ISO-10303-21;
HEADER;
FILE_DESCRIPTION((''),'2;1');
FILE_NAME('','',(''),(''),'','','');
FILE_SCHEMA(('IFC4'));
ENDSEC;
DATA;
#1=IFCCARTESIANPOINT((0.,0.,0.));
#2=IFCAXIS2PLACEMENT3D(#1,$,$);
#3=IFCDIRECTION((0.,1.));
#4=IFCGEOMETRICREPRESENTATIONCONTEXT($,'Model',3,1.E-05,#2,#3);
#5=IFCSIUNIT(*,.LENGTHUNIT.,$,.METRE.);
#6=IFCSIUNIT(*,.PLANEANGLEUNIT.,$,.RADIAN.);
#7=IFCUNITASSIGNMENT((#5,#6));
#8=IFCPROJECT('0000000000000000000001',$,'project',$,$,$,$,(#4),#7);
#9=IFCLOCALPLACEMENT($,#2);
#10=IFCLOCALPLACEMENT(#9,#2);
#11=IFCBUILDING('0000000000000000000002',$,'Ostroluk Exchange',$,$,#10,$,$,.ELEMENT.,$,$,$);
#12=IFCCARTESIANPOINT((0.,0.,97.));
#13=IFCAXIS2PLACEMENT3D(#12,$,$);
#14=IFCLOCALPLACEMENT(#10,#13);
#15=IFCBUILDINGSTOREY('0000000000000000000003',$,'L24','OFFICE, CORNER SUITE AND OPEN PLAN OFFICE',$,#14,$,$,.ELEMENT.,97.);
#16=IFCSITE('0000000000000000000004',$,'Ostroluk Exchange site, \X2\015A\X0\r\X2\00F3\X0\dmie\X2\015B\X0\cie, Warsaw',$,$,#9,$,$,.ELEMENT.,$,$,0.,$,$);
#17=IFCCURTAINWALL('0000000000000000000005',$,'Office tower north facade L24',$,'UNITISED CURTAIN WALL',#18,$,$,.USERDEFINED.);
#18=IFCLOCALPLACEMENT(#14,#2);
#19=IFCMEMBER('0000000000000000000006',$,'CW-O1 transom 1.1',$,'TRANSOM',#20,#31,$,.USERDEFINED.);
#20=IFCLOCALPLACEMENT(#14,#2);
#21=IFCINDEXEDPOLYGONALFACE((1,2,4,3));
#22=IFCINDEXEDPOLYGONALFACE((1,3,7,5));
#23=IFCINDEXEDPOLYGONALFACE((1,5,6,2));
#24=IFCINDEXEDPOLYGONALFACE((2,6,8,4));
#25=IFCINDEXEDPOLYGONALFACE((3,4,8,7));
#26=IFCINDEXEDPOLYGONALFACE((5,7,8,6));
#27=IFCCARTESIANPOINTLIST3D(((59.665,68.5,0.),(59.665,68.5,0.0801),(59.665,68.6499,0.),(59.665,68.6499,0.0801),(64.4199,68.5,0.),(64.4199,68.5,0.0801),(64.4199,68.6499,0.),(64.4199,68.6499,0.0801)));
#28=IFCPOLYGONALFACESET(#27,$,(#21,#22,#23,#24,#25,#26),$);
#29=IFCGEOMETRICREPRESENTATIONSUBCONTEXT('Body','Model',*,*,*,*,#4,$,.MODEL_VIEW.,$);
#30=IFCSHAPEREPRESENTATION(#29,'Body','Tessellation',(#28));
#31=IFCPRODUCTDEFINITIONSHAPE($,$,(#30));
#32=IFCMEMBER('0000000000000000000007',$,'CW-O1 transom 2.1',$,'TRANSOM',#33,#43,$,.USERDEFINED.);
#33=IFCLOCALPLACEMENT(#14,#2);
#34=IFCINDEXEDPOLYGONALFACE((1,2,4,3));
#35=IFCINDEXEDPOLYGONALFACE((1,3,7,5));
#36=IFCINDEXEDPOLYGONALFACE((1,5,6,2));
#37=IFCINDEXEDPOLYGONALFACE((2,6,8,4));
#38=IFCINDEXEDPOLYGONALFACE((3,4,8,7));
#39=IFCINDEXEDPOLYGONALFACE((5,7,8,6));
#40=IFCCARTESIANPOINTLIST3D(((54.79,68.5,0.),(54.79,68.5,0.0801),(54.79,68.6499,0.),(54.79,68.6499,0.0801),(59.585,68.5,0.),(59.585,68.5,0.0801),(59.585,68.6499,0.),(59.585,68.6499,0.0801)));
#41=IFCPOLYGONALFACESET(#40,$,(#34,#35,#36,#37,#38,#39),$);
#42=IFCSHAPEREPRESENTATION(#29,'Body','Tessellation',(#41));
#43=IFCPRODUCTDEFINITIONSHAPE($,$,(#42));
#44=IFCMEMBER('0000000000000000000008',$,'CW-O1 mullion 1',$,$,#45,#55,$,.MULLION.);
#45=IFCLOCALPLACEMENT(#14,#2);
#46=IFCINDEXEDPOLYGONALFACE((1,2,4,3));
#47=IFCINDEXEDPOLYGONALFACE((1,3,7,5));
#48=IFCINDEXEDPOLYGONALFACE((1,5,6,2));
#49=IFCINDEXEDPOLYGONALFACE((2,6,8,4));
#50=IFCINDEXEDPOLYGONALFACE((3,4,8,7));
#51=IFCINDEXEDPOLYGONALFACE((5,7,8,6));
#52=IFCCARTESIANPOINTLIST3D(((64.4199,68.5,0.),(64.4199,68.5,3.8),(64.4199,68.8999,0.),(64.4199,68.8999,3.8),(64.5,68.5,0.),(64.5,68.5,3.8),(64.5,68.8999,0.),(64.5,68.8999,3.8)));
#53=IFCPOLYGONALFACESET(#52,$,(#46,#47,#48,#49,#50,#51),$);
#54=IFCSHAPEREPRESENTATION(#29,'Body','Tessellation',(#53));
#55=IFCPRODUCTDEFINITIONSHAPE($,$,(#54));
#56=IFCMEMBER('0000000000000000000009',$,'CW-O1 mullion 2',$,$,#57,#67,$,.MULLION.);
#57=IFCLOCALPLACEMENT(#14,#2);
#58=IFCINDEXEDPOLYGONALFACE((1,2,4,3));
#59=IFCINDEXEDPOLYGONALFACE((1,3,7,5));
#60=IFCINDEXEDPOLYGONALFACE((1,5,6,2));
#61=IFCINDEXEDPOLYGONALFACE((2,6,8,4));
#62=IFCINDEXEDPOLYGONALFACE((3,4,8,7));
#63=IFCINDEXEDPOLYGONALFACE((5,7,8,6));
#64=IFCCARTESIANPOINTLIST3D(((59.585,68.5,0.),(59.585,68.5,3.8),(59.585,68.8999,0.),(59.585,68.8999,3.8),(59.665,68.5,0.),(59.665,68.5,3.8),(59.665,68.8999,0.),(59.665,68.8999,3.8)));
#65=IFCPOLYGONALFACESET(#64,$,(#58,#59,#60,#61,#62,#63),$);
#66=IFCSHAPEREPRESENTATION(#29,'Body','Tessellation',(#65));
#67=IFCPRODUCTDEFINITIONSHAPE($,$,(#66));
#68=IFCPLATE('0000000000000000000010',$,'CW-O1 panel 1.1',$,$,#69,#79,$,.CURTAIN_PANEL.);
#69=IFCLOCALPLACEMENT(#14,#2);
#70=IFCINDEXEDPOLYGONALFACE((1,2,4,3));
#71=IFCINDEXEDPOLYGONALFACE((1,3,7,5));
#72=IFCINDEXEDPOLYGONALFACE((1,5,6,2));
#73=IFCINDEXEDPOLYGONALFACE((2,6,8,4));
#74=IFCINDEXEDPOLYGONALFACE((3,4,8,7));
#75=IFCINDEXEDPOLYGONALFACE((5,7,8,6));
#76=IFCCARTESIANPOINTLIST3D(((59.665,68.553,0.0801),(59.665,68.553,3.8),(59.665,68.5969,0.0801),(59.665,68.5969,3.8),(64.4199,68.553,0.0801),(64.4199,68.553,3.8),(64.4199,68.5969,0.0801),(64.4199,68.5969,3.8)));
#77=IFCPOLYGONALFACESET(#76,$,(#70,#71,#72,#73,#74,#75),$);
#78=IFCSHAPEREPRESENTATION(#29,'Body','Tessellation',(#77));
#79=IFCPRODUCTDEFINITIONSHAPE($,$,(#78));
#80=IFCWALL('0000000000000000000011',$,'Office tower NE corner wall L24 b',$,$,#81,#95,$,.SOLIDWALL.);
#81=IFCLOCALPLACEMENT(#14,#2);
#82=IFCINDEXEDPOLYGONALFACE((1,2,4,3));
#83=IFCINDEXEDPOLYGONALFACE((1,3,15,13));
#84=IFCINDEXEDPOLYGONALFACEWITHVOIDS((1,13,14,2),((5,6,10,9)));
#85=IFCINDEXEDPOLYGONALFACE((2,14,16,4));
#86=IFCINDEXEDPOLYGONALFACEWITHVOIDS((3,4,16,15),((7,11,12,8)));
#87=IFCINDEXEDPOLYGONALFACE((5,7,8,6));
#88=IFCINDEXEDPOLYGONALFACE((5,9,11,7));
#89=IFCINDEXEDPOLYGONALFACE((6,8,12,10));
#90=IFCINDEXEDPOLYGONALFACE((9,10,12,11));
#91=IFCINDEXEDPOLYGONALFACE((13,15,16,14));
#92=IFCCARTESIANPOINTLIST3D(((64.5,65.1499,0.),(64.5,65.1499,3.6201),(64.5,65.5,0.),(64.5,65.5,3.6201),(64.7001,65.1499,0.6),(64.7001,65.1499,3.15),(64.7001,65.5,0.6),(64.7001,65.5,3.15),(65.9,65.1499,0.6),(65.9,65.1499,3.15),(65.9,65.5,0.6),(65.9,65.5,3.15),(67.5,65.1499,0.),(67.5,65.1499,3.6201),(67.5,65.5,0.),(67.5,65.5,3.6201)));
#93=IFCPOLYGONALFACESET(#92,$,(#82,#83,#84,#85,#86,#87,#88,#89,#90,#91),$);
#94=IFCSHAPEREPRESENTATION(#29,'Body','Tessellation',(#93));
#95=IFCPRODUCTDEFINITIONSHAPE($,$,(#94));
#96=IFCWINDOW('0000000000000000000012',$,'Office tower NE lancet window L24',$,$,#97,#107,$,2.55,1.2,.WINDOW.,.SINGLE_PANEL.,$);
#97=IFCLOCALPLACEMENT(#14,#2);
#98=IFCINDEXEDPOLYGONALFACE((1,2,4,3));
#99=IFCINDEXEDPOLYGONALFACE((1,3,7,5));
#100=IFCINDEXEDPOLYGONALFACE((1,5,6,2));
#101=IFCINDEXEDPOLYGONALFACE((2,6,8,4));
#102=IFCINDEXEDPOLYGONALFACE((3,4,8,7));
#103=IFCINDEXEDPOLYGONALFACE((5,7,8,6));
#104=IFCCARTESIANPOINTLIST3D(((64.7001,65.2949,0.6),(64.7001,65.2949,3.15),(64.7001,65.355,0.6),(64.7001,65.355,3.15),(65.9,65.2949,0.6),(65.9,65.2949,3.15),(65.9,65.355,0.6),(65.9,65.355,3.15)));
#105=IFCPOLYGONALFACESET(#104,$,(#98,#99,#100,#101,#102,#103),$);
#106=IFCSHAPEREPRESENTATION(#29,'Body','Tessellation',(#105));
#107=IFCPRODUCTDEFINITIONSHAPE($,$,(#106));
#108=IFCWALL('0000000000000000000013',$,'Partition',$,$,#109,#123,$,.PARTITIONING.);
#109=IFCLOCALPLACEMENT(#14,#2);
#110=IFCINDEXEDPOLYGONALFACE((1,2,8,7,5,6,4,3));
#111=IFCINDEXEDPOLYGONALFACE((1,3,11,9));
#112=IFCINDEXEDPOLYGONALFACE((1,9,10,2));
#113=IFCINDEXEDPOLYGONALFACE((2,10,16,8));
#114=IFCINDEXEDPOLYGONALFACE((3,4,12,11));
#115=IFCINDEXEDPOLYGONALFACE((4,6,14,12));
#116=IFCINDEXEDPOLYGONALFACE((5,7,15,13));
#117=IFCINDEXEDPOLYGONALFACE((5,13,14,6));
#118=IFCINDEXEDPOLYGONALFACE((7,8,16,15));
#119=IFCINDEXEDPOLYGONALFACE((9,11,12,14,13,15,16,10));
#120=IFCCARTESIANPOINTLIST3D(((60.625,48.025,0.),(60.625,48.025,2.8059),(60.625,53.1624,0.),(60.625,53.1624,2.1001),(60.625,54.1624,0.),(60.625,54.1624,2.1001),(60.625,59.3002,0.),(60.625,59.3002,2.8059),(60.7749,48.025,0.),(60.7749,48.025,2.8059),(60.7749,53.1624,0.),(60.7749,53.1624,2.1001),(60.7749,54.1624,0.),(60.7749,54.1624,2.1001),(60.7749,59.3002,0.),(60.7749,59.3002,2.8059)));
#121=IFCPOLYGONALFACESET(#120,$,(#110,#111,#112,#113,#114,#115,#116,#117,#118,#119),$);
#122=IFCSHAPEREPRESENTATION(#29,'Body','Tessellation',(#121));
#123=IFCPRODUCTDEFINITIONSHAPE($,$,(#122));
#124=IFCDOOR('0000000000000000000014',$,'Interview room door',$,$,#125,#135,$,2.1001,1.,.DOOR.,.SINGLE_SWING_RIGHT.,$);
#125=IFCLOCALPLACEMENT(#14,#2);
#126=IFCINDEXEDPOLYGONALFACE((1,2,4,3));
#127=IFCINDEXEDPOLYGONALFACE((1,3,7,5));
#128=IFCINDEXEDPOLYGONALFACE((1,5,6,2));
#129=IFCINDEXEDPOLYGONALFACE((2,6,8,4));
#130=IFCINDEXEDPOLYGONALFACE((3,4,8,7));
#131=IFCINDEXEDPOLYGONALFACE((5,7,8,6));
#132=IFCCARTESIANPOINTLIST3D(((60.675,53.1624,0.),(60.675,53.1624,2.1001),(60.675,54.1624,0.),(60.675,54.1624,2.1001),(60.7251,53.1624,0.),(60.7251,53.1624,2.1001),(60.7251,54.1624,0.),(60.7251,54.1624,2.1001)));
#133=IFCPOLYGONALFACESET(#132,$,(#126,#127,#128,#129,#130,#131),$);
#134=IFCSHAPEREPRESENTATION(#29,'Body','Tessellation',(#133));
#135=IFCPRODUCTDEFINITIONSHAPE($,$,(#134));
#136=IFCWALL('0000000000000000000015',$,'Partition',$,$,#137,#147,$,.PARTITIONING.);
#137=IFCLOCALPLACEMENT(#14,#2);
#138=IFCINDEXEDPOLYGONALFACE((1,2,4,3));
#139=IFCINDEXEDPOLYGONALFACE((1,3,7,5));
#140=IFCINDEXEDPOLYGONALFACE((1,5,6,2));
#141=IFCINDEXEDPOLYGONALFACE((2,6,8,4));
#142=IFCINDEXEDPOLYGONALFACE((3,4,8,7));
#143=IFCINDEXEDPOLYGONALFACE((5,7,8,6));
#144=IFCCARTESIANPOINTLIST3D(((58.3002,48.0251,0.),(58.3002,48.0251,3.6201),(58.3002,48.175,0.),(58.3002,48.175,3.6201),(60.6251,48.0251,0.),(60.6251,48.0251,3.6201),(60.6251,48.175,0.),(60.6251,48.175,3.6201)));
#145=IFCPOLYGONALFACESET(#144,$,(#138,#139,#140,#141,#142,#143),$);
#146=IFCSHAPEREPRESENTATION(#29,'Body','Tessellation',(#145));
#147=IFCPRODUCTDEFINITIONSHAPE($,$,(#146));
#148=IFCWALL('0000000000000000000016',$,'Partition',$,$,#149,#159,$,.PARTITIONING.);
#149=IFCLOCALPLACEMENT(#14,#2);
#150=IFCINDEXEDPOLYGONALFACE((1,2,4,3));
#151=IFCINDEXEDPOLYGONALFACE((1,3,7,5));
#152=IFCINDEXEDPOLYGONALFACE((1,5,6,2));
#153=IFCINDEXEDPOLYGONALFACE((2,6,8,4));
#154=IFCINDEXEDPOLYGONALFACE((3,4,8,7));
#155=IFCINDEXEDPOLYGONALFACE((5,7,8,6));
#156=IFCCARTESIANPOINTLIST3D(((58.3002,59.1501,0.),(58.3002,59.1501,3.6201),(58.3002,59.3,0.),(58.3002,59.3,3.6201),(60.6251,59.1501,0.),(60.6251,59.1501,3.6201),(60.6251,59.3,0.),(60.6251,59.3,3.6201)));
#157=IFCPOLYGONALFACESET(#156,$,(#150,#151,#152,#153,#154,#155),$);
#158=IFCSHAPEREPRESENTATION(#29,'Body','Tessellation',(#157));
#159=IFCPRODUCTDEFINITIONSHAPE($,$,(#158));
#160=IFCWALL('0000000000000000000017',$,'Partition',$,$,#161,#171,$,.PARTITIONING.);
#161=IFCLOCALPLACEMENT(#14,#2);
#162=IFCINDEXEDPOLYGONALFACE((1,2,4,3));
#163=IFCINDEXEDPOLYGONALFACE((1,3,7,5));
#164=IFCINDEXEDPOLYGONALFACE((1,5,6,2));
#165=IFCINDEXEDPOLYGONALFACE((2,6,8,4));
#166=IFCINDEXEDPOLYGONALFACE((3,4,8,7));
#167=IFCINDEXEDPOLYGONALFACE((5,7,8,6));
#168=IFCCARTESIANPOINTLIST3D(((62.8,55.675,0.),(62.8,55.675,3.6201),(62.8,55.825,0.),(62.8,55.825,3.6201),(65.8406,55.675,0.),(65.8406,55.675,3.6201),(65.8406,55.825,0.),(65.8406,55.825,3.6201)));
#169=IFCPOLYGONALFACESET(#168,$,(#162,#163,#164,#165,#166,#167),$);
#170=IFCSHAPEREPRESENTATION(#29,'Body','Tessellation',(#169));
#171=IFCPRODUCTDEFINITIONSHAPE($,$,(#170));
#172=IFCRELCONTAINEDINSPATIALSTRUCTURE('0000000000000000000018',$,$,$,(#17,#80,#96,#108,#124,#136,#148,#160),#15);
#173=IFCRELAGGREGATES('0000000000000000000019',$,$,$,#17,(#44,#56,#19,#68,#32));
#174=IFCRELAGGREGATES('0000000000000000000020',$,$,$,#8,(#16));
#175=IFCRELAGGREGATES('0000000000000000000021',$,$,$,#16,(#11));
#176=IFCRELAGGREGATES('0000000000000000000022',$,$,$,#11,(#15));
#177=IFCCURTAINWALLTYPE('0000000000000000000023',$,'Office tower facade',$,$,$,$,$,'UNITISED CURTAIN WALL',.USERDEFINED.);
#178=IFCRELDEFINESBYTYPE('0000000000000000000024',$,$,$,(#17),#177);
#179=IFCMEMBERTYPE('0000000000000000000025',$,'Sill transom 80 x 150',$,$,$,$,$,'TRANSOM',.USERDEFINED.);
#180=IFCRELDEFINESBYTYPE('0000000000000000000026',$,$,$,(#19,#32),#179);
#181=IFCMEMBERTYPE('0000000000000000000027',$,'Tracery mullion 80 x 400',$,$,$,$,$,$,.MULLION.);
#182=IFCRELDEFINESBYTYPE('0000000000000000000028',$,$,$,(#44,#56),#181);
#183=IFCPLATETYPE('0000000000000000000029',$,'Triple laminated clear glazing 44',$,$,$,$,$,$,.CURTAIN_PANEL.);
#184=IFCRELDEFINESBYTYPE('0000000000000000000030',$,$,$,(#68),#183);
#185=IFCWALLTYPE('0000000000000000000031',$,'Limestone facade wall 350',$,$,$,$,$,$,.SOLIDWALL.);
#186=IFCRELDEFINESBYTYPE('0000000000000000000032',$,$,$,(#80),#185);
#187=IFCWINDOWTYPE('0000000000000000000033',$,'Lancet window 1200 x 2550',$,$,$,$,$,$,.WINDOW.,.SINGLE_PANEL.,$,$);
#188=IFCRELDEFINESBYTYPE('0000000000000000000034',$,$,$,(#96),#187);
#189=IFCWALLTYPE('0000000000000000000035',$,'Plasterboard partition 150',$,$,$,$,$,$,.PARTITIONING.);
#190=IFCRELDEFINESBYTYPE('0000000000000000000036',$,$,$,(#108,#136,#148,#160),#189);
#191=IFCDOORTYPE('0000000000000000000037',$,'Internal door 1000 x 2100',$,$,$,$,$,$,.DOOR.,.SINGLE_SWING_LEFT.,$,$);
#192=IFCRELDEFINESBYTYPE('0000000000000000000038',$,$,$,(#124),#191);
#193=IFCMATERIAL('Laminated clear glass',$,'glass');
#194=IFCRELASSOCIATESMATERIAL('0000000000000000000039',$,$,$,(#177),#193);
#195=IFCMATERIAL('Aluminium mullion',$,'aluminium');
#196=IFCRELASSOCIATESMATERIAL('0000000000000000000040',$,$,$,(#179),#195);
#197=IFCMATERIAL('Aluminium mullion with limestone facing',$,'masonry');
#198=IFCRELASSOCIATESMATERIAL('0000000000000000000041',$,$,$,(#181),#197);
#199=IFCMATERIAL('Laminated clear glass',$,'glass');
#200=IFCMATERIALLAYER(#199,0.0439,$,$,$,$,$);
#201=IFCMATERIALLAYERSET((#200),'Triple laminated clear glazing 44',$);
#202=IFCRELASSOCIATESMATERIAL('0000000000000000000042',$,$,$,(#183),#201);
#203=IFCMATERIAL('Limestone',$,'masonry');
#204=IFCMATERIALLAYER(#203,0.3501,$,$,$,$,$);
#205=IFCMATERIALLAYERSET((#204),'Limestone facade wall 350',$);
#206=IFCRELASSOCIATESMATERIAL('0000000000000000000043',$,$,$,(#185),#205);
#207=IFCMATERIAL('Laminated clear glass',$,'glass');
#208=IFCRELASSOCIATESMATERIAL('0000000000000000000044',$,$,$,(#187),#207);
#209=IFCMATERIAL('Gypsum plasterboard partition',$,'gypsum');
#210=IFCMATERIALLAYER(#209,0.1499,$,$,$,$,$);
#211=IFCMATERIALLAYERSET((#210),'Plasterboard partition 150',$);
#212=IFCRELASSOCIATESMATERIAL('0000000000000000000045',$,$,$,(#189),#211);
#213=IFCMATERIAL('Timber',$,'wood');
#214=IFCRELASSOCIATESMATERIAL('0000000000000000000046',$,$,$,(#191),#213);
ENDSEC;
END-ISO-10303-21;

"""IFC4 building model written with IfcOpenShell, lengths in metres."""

from ifc_helpers import new_model, si_unit, direction, frame, frame_2d, origin, origin_2d, place, context, subcontext, project, spatial, rectangle, extrude, material, layer, layer_set, material_profile, profile_set, type_object, element, fill, aggregate, save


model = new_model("IFC4")

# Units and contexts
model_context = context("Model", 3, precision=1e-05, world=origin(), true_north=direction((0.0, 1.0)))
body_context = subcontext(model_context, "Body", "Model", "MODEL_VIEW")
ifc_project = project(units=[si_unit("LENGTHUNIT", "METRE"), si_unit("PLANEANGLEUNIT", "RADIAN")], contexts=[model_context])

# Site, building, storey
site_placement = place(None, origin())
site = spatial("IfcSite", under=ifc_project, at=site_placement, Name="Ostroluk Exchange site, Śródmieście, Warsaw", CompositionType="ELEMENT", RefElevation=0.0)
building_placement = place(site_placement, origin())
building = spatial("IfcBuilding", under=site, at=building_placement, Name="Ostroluk Exchange", CompositionType="ELEMENT")
storey_placement = place(building_placement, frame((0.0, 0.0, 97.0)))
storey = spatial("IfcBuildingStorey", under=building, at=storey_placement, Name="L24", Description="OFFICE, CORNER SUITE AND OPEN PLAN OFFICE", CompositionType="ELEMENT", Elevation=97.0)

# Curtain wall, members, plate
ifc_material_1 = material(Name="Laminated clear glass", Category="glass")
curtain_wall_type = type_object("IfcCurtainWallType", Name="Office tower facade", ElementType="UNITISED CURTAIN WALL", PredefinedType="USERDEFINED", material=ifc_material_1)
curtain_wall_placement = place(storey_placement, origin())
curtain_wall = element("IfcCurtainWall", 1, at=curtain_wall_placement, inside=storey, type_object=curtain_wall_type, Name="Office tower north facade L24", ObjectType="UNITISED CURTAIN WALL", PredefinedType="USERDEFINED")
ifc_material_2 = material(Name="Aluminium mullion", Category="aluminium")
ifc_material_profile_1 = material_profile(ifc_material_2, rectangle(XDim=0.1499, YDim=0.0801, at=origin_2d()), Name="Sill transom 80 x 150")
ifc_profile_set_1 = profile_set([ifc_material_profile_1], Name="Aluminium mullion")
member_type_1 = type_object("IfcMemberType", Name="Sill transom 80 x 150", ElementType="TRANSOM", PredefinedType="USERDEFINED", material=ifc_profile_set_1)
member_1_placement = place(storey_placement, frame((64.4199, 68.575, 0.04), z_axis=(-1.0, 0.0, 0.0), x_axis=(0.0, -1.0, 0.0)))
member_1 = element("IfcMember", 2, at=member_1_placement, type_object=member_type_1, Name="CW-O1 transom 1.1", ObjectType="TRANSOM", PredefinedType="USERDEFINED", context=body_context, shape_type="SweptSolid", body=[
    extrude(rectangle(XDim=0.1499, YDim=0.0801, at=origin_2d()), origin(), (0.0, 0.0, 1.0), 4.7549),
])
member_2_placement = place(storey_placement, frame((59.585, 68.575, 0.04), z_axis=(-1.0, 0.0, 0.0), x_axis=(0.0, -1.0, 0.0)))
member_2 = element("IfcMember", 3, at=member_2_placement, type_object=member_type_1, Name="CW-O1 transom 2.1", ObjectType="TRANSOM", PredefinedType="USERDEFINED", context=body_context, shape_type="SweptSolid", body=[
    extrude(rectangle(XDim=0.1499, YDim=0.0801, at=origin_2d()), origin(), (0.0, 0.0, 1.0), 4.7949),
])
ifc_material_3 = material(Name="Aluminium mullion with limestone facing", Category="masonry")
ifc_material_profile_2 = material_profile(ifc_material_3, rectangle(XDim=0.3999, YDim=0.0801, at=origin_2d()), Name="Tracery mullion 80 x 400")
ifc_profile_set_2 = profile_set([ifc_material_profile_2], Name="Aluminium mullion with limestone facing")
member_type_2 = type_object("IfcMemberType", Name="Tracery mullion 80 x 400", PredefinedType="MULLION", material=ifc_profile_set_2)
member_3_placement = place(storey_placement, frame((64.46, 68.7, 0.0), z_axis=(0.0, 0.0, 1.0), x_axis=(0.0, -1.0, 0.0)))
member_3 = element("IfcMember", 4, at=member_3_placement, type_object=member_type_2, Name="CW-O1 mullion 1", PredefinedType="MULLION", context=body_context, shape_type="SweptSolid", body=[
    extrude(rectangle(XDim=0.3999, YDim=0.0801, at=origin_2d()), origin(), (0.0, 0.0, 1.0), 3.8),
])
member_4_placement = place(storey_placement, frame((59.625, 68.7, 0.0), z_axis=(0.0, 0.0, 1.0), x_axis=(0.0, -1.0, 0.0)))
member_4 = element("IfcMember", 5, at=member_4_placement, type_object=member_type_2, Name="CW-O1 mullion 2", PredefinedType="MULLION", context=body_context, shape_type="SweptSolid", body=[
    extrude(rectangle(XDim=0.3999, YDim=0.0801, at=origin_2d()), origin(), (0.0, 0.0, 1.0), 3.8),
])
ifc_material_4 = material(Name="Laminated clear glass", Category="glass")
ifc_layer_1 = layer(ifc_material_4, 0.0439)
ifc_layer_set_1 = layer_set([ifc_layer_1], Name="Triple laminated clear glazing 44")
plate_type = type_object("IfcPlateType", Name="Triple laminated clear glazing 44", PredefinedType="CURTAIN_PANEL", material=ifc_layer_set_1)
plate_placement = place(storey_placement, frame((62.0425, 68.575, 0.0801), z_axis=(0.0, 0.0, 1.0), x_axis=(-1.0, 0.0, 0.0)))
plate = element("IfcPlate", 6, at=plate_placement, type_object=plate_type, Name="CW-O1 panel 1.1", PredefinedType="CURTAIN_PANEL", context=body_context, shape_type="SweptSolid", body=[
    extrude(rectangle(XDim=4.7549, YDim=0.0439, at=origin_2d()), origin(), (0.0, 0.0, 1.0), 3.72),
])
aggregate(curtain_wall, [member_3, member_4, member_1, plate, member_2])

# Shared definitions
ifc_material_5 = material(Name="Limestone", Category="masonry")
ifc_layer_2 = layer(ifc_material_5, 0.3501)
ifc_layer_set_2 = layer_set([ifc_layer_2], Name="Limestone facade wall 350")
wall_type_1 = type_object("IfcWallType", Name="Limestone facade wall 350", PredefinedType="SOLIDWALL", material=ifc_layer_set_2)

# Wall, opening, window
wall_1_placement = place(storey_placement, frame((64.5, 65.325, 0.0), z_axis=(0.0, 0.0, 1.0), x_axis=(1.0, 0.0, 0.0)))
wall_1 = element("IfcWall", 7, at=wall_1_placement, inside=storey, type_object=wall_type_1, Name="Office tower NE corner wall L24 b", PredefinedType="SOLIDWALL", context=body_context, shape_type="SweptSolid", body=[
    extrude(rectangle(XDim=3.0, YDim=0.3501, at=frame_2d((1.5, 0.0))), origin(), (0.0, 0.0, 1.0), 3.6201),
])
opening_1_placement = place(wall_1_placement, frame((0.2, 0.0, 0.6001)))
opening_1 = element("IfcOpeningElement", 8, at=opening_1_placement, cuts=wall_1, PredefinedType="OPENING", context=body_context, shape_type="SweptSolid", body=[
    extrude(rectangle(XDim=1.2, YDim=2.55, at=frame_2d((0.6001, 1.2749))), frame((0.0, 0.1851, 0.0), z_axis=(0.0, -1.0, 0.0), x_axis=(1.0, 0.0, 0.0)), (0.0, 0.0, 1.0), 0.3701),
])
ifc_material_6 = material(Name="Laminated clear glass", Category="glass")
window_type = type_object("IfcWindowType", Name="Lancet window 1200 x 2550", PartitioningType="SINGLE_PANEL", PredefinedType="WINDOW", material=ifc_material_6)
window_placement = place(opening_1_placement, origin())
window = element("IfcWindow", 9, at=window_placement, inside=storey, type_object=window_type, Name="Office tower NE lancet window L24", OverallHeight=2.55, OverallWidth=1.2, PartitioningType="SINGLE_PANEL", PredefinedType="WINDOW", context=body_context, shape_type="SweptSolid", body=[
    extrude(rectangle(XDim=1.2, YDim=2.55, at=frame_2d((0.6001, 1.2749))), frame((0.0, 0.03, 0.0), z_axis=(0.0, -1.0, 0.0), x_axis=(1.0, 0.0, 0.0)), (0.0, 0.0, 1.0), 0.0601),
])
fill(opening_1, window)

# Wall, opening, door
ifc_material_7 = material(Name="Gypsum plasterboard partition", Category="gypsum")
ifc_layer_3 = layer(ifc_material_7, 0.1499)
ifc_layer_set_3 = layer_set([ifc_layer_3], Name="Plasterboard partition 150")
wall_type_2 = type_object("IfcWallType", Name="Plasterboard partition 150", PredefinedType="PARTITIONING", material=ifc_layer_set_3)
wall_2_placement = place(storey_placement, frame((60.7, 48.0249, 0.0), z_axis=(0.0, 0.0, 1.0), x_axis=(0.0, 1.0, 0.0)))
wall_2 = element("IfcWall", 10, at=wall_2_placement, inside=storey, type_object=wall_type_2, Name="Partition", PredefinedType="PARTITIONING", context=body_context, shape_type="SweptSolid", body=[
    extrude(rectangle(XDim=11.2751, YDim=0.1499, at=frame_2d((5.6377, 0.0))), origin(), (0.0, 0.0, 1.0), 2.8059),
])
opening_2_placement = place(wall_2_placement, frame((5.1375, 0.0, 0.0)))
opening_2 = element("IfcOpeningElement", 11, at=opening_2_placement, cuts=wall_2, PredefinedType="OPENING", context=body_context, shape_type="SweptSolid", body=[
    extrude(rectangle(XDim=1.0, YDim=2.1001, at=frame_2d((0.5, 1.05))), frame((0.0, 0.085, 0.0), z_axis=(0.0, -1.0, 0.0), x_axis=(1.0, 0.0, 0.0)), (0.0, 0.0, 1.0), 0.1699),
])
ifc_material_8 = material(Name="Timber", Category="wood")
door_type_1 = type_object("IfcDoorType", Name="Internal door 1000 x 2100", OperationType="SINGLE_SWING_LEFT", PredefinedType="DOOR", material=ifc_material_8)
door_1_placement = place(opening_2_placement, origin())
door_1 = element("IfcDoor", 12, at=door_1_placement, inside=storey, type_object=door_type_1, Name="Interview room door", OperationType="SINGLE_SWING_RIGHT", OverallHeight=2.1001, OverallWidth=1.0, PredefinedType="DOOR", context=body_context, shape_type="SweptSolid", body=[
    extrude(rectangle(XDim=1.0, YDim=2.1001, at=frame_2d((0.5, 1.05))), frame((0.0, 0.0249, 0.0), z_axis=(0.0, -1.0, 0.0), x_axis=(1.0, 0.0, 0.0)), (0.0, 0.0, 1.0), 0.05),
])
fill(opening_2, door_1)

# Walls
for number, where, z_axis, x_axis, name in (
    (13, (58.3, 48.1001, 0.0), (0.0, 0.0, 1.0), (1.0, 0.0, 0.0), "Partition"),
    (14, (58.3, 59.2251, 0.0), (0.0, 0.0, 1.0), (1.0, 0.0, 0.0), "Partition"),
):
    element("IfcWall", number, at=place(storey_placement, frame(where, z_axis=z_axis, x_axis=x_axis)), inside=storey, type_object=wall_type_2, Name=name, PredefinedType="PARTITIONING", context=body_context, shape_type="SweptSolid", body=[
        extrude(rectangle(XDim=2.325, YDim=0.1499, at=frame_2d((1.1626, 0.0))), origin(), (0.0, 0.0, 1.0), 3.6201),
    ])
wall_3_placement = place(storey_placement, frame((62.8, 55.75, 0.0), z_axis=(0.0, 0.0, 1.0), x_axis=(1.0, 0.0, 0.0)))
element("IfcWall", 15, at=wall_3_placement, inside=storey, type_object=wall_type_2, Name="Partition", PredefinedType="PARTITIONING", context=body_context, shape_type="SweptSolid", body=[
    extrude(rectangle(XDim=3.0405, YDim=0.1499, at=frame_2d((1.5203, 0.0))), origin(), (0.0, 0.0, 1.0), 3.6201),
])

save(model, "model.ifc")
